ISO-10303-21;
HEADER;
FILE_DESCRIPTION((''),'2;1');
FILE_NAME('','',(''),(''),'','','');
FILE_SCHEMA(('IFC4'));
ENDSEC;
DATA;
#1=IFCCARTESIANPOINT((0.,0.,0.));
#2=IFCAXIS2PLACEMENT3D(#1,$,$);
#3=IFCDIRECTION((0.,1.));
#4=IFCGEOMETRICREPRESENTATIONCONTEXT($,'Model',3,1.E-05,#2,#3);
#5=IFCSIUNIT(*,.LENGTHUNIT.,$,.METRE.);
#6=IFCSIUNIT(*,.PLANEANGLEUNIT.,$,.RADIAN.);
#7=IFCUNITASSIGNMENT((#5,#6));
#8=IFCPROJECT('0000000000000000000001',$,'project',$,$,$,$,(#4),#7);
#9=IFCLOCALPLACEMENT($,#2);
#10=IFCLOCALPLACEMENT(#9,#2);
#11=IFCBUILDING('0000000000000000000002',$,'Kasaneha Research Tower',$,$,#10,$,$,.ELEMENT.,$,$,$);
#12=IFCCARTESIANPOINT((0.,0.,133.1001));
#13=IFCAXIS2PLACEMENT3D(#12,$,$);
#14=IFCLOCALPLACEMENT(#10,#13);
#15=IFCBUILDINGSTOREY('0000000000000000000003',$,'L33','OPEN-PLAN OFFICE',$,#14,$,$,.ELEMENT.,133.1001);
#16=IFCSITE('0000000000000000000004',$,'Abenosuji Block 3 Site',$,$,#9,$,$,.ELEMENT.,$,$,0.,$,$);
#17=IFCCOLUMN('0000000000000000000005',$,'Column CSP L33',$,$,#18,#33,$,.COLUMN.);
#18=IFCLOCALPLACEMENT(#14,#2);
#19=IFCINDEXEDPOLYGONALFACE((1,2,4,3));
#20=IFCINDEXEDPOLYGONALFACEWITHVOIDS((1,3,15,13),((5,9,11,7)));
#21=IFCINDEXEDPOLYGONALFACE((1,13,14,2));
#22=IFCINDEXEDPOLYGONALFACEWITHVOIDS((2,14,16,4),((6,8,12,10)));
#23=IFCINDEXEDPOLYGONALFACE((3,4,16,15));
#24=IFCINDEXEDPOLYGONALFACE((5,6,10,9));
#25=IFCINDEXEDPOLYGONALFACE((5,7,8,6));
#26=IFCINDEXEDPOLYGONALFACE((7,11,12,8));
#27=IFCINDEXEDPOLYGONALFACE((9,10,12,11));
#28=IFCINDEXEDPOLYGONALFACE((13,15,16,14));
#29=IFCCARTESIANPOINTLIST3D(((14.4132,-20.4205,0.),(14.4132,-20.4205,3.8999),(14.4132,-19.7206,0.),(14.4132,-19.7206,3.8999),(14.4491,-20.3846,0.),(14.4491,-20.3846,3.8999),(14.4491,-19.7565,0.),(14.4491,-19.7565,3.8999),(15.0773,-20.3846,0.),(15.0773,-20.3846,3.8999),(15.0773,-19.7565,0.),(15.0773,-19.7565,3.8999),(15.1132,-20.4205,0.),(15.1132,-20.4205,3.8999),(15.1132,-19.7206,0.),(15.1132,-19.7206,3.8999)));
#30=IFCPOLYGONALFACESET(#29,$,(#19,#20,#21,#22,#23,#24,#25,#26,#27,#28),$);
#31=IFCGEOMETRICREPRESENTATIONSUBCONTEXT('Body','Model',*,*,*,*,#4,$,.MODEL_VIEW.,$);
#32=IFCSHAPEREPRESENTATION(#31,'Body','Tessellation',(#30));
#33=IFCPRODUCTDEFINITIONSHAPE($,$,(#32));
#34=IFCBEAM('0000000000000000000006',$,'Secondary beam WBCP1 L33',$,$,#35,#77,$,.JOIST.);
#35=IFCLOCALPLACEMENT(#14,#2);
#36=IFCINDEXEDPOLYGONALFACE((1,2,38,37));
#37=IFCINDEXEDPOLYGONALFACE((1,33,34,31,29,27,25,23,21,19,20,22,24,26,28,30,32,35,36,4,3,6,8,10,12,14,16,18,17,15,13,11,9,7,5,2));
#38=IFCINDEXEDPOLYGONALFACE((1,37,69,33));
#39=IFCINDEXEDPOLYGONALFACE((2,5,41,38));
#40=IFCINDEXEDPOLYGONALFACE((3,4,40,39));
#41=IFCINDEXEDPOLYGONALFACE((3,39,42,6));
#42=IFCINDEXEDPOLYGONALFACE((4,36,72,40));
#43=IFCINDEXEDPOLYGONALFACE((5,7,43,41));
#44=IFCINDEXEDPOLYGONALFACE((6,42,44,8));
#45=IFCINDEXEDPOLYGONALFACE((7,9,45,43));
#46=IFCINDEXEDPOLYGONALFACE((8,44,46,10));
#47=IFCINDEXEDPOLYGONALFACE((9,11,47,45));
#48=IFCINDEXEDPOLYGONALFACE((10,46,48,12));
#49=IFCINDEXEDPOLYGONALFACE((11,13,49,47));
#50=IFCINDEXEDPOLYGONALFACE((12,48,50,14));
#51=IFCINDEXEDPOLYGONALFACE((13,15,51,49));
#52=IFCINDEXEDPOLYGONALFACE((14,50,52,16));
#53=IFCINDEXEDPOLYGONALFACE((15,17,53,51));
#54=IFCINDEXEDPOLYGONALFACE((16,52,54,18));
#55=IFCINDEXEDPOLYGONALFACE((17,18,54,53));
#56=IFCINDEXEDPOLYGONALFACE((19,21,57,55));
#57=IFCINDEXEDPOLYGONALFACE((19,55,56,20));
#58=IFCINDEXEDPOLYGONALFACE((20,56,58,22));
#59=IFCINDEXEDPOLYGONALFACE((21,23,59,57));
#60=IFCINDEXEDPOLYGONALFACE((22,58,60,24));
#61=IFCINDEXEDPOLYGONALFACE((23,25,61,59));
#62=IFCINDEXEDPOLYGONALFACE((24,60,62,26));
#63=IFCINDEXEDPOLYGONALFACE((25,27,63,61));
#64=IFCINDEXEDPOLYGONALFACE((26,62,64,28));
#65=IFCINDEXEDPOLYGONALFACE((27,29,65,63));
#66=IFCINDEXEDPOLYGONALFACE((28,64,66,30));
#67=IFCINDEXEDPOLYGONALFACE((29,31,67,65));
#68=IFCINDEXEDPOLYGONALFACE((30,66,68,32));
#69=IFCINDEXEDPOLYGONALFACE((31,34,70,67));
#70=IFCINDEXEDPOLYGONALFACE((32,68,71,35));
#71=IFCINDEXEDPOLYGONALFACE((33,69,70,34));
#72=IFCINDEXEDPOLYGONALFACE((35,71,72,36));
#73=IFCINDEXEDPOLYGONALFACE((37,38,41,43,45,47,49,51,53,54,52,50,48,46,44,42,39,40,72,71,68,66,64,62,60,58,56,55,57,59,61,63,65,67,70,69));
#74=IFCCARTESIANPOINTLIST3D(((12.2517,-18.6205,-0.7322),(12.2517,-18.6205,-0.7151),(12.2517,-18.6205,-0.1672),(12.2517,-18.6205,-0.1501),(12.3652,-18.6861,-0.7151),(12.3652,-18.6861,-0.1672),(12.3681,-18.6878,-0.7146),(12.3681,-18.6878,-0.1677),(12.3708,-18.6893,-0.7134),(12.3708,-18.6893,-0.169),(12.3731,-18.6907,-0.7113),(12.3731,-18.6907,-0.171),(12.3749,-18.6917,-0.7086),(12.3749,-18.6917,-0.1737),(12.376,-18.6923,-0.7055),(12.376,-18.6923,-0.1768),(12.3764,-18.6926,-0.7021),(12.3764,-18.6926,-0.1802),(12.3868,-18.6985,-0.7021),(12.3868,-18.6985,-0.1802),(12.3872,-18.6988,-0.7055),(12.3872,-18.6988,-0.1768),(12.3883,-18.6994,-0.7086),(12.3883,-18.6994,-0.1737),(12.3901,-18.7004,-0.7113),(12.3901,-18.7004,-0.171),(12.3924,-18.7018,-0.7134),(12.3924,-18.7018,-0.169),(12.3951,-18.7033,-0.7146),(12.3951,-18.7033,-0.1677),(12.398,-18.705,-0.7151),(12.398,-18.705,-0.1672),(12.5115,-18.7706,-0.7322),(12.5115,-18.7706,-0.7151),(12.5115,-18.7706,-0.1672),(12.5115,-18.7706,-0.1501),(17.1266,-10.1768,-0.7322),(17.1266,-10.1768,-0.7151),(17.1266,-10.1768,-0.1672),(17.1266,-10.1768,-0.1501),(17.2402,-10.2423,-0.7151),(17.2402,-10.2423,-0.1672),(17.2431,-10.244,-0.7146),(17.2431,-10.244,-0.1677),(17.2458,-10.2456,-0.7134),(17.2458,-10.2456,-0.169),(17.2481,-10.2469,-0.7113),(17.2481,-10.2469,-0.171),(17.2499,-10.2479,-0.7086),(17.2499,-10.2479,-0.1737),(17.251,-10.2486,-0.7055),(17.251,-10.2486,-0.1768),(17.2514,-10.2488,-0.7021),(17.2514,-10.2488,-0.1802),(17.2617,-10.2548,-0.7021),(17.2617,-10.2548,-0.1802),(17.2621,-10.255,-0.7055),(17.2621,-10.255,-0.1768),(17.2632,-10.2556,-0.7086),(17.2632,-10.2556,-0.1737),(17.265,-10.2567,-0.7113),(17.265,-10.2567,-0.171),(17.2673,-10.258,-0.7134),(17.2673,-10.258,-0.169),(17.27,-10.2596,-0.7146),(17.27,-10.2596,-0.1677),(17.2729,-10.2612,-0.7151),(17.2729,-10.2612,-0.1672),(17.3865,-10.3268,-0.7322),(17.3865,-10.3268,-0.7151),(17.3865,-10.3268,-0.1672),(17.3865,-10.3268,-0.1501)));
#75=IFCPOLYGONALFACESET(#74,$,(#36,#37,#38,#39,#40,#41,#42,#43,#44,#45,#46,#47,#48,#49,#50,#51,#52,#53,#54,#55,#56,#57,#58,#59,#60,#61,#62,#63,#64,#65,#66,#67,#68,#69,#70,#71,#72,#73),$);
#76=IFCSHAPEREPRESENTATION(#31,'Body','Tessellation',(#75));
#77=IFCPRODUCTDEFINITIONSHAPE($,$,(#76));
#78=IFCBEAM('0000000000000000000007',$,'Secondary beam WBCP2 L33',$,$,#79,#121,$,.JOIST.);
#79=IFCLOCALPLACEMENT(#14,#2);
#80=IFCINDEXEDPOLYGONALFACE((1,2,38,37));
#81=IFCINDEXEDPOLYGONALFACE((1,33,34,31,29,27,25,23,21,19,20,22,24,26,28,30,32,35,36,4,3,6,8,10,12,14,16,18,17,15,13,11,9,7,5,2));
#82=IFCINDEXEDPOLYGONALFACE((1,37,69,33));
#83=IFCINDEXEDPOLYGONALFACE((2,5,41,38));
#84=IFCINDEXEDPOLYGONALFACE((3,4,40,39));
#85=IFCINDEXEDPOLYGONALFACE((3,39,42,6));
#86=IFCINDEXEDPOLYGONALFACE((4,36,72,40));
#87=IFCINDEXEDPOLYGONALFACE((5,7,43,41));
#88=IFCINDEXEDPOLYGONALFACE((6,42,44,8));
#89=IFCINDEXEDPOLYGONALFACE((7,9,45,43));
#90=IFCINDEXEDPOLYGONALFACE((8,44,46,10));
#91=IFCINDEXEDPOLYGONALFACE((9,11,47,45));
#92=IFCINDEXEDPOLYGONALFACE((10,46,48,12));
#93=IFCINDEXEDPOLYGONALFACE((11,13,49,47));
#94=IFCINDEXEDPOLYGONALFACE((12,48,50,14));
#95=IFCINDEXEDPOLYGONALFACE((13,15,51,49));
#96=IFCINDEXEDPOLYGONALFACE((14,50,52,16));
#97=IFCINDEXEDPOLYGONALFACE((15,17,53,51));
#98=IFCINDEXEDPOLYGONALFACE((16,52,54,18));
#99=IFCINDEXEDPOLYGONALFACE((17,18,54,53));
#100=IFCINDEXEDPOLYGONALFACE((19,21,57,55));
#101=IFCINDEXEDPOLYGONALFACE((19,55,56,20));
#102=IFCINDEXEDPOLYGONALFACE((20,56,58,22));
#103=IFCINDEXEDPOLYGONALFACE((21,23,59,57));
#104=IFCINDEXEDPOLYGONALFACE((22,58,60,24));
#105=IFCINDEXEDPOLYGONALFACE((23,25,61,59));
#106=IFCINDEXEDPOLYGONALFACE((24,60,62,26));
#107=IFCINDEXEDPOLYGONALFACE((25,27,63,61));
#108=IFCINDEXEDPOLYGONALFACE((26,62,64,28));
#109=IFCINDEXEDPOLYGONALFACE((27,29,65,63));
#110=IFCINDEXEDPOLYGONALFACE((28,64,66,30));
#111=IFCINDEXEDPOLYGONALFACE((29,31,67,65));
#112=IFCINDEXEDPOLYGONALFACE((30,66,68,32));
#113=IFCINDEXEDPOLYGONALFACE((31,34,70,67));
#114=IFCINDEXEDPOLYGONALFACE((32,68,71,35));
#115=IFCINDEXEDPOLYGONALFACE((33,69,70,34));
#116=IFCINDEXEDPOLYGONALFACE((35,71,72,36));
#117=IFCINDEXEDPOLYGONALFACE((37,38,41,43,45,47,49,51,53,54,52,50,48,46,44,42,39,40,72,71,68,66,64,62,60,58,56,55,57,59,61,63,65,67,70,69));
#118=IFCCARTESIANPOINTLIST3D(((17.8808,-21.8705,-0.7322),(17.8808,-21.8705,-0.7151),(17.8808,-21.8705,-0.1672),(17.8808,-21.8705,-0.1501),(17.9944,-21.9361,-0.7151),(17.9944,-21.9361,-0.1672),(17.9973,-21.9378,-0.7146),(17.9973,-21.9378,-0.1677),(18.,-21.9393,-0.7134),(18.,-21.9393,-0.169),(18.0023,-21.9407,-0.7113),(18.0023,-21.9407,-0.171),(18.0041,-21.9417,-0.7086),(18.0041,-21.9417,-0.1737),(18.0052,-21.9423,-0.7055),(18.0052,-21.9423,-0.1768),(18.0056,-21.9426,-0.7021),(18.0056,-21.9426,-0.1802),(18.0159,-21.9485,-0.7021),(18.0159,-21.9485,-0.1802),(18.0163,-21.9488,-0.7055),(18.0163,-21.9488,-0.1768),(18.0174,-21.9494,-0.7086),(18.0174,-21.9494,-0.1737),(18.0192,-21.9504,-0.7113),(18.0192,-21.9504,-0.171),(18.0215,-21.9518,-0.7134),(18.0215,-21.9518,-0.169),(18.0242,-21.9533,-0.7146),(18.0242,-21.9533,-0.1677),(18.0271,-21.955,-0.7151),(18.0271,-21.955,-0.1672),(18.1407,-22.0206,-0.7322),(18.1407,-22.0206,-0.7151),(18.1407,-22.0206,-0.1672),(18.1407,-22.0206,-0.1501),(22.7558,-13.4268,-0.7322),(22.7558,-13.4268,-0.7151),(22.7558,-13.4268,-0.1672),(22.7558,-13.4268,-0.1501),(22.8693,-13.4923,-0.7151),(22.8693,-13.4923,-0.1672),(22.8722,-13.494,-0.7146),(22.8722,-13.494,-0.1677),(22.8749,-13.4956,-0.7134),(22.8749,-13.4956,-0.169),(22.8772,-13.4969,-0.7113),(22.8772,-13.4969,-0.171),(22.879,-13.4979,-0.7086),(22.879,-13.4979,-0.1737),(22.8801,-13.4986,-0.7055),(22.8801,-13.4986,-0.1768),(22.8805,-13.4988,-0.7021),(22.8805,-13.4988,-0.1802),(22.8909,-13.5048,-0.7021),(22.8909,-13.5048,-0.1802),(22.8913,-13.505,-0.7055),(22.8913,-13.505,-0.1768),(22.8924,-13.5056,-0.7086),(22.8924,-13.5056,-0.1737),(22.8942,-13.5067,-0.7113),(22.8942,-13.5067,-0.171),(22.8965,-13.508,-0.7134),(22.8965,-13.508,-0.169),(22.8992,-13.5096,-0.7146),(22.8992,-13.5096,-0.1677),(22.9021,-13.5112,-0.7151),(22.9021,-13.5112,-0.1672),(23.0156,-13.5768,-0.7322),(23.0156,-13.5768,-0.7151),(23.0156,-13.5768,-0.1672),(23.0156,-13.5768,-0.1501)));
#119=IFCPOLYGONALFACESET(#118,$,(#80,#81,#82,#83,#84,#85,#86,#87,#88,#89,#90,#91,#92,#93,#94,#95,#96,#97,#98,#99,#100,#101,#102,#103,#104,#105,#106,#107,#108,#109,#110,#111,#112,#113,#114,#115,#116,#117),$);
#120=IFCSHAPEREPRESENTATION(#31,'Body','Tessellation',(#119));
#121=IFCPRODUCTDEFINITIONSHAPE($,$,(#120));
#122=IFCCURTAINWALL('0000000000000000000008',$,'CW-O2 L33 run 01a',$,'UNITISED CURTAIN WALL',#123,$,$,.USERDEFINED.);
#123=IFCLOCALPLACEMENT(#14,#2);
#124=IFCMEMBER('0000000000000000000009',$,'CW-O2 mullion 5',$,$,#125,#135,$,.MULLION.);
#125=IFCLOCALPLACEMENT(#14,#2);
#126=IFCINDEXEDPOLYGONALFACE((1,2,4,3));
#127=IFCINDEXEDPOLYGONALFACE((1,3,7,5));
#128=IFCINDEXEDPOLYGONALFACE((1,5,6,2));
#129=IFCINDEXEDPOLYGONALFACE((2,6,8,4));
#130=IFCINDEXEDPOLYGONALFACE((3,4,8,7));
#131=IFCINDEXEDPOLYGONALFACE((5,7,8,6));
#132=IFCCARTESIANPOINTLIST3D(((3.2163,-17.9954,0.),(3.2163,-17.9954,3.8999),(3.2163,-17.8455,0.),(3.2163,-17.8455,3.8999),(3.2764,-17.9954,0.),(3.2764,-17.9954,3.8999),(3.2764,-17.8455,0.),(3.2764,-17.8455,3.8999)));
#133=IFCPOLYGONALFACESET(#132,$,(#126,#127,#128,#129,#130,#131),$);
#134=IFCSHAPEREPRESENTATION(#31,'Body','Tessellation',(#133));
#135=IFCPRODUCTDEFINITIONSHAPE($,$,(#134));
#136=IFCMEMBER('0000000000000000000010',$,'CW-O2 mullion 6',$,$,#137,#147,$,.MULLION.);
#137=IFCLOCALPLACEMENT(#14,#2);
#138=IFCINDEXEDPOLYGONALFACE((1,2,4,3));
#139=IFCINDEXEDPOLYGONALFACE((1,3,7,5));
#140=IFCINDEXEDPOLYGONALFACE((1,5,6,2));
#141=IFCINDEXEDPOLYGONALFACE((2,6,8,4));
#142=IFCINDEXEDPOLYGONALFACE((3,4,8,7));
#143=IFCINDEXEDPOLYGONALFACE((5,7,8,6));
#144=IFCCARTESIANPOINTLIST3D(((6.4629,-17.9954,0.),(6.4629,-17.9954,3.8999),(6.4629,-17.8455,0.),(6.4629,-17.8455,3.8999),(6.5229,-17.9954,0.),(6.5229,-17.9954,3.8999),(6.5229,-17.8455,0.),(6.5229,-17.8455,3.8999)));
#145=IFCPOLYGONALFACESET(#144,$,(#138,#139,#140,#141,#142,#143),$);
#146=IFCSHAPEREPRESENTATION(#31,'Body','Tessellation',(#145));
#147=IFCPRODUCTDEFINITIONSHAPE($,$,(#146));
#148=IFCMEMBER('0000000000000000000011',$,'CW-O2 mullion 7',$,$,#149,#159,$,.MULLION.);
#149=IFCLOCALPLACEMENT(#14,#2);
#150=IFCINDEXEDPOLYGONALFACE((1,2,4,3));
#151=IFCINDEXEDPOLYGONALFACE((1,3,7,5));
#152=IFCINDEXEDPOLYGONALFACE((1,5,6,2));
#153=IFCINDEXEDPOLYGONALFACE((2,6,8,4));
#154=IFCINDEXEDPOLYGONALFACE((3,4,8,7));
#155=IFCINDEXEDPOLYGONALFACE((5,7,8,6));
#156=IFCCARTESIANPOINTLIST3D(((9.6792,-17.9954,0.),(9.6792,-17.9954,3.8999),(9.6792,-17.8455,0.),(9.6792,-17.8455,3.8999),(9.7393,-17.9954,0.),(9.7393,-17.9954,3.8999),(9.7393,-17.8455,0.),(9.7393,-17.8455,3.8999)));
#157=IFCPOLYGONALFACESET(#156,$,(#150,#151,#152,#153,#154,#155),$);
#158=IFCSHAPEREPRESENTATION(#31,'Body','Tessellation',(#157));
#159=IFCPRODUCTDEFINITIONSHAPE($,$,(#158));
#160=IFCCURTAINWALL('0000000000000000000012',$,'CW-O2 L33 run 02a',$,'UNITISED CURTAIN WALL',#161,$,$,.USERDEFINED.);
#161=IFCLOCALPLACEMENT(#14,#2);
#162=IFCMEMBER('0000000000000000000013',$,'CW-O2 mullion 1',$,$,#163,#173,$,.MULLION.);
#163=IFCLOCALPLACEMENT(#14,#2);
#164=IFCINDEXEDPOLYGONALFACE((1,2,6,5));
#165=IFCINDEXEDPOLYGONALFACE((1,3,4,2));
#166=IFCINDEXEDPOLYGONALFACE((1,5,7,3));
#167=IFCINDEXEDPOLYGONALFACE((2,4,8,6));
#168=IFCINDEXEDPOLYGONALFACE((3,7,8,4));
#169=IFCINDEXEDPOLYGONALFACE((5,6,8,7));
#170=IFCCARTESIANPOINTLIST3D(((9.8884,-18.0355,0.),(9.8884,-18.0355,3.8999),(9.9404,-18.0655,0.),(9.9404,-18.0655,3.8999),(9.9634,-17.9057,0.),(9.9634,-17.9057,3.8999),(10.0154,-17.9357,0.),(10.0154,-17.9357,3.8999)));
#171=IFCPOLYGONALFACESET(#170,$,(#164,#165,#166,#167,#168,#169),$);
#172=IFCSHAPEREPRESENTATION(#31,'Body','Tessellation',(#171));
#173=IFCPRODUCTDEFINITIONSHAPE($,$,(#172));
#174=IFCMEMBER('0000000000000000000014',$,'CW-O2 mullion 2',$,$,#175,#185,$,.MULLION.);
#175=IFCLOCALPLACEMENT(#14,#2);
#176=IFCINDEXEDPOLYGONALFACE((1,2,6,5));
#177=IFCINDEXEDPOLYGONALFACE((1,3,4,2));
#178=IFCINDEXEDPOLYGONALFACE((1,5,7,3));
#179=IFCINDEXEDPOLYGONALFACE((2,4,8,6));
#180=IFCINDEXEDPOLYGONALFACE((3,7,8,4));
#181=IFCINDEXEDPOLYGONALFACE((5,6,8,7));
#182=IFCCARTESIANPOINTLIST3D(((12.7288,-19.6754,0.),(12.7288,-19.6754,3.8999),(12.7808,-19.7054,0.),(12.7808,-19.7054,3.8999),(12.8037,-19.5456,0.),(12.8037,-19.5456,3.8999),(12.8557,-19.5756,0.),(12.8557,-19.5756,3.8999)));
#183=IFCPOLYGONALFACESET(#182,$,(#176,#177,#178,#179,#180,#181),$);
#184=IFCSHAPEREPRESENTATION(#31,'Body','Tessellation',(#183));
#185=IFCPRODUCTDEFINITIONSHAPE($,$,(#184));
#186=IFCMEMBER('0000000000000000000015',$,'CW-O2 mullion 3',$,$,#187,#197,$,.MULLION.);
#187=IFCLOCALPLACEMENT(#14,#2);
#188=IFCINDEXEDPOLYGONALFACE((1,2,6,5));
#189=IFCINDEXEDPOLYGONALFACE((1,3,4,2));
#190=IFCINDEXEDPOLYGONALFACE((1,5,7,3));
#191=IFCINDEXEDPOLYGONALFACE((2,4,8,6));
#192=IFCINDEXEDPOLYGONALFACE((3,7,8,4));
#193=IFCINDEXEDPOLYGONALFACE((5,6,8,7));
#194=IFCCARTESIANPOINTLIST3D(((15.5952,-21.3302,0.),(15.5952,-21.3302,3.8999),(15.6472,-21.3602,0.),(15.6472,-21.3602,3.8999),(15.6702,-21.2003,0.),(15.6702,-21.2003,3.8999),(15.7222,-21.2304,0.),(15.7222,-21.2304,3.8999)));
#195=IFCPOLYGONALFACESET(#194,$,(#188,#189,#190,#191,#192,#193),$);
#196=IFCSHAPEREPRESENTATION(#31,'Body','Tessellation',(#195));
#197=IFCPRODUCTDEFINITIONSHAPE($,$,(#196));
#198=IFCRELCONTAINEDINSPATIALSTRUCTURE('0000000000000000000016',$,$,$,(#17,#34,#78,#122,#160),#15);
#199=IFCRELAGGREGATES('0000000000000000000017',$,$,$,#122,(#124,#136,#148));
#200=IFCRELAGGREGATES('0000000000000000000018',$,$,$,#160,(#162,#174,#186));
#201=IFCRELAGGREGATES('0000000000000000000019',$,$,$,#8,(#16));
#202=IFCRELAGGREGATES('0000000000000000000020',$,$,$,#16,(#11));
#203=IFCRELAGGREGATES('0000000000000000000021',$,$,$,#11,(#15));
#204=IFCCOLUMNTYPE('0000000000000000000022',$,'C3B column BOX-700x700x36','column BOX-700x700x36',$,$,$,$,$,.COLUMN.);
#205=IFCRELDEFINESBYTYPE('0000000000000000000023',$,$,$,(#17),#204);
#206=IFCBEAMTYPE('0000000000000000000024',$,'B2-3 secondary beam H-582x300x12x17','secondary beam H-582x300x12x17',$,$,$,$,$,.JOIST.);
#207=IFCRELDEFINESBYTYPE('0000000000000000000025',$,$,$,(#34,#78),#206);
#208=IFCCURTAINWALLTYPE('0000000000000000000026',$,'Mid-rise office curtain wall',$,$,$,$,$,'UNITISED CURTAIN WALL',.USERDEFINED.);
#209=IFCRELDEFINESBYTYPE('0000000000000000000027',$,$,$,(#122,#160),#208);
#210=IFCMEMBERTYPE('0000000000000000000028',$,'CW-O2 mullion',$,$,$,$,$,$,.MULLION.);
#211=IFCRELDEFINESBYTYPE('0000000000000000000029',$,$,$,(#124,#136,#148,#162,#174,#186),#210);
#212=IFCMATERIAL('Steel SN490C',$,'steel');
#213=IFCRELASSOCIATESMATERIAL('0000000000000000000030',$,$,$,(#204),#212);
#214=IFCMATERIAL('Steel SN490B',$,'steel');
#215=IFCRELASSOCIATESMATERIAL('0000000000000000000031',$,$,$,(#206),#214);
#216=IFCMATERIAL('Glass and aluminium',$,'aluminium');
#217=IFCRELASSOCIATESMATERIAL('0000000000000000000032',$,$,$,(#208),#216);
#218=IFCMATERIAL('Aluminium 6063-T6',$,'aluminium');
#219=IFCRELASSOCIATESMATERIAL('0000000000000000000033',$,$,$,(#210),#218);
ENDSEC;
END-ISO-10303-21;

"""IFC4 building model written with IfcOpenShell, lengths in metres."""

from ifc_helpers import new_model, si_unit, direction, frame, origin, origin_2d, place, context, subcontext, project, spatial, rectangle, hollow_rectangle, i_section, extrude, material, material_profile, profile_set, type_object, element, aggregate, save


model = new_model("IFC4")

# Units and contexts
model_context = context("Model", 3, precision=1e-05, world=origin(), true_north=direction((0.0, 1.0)))
body_context = subcontext(model_context, "Body", "Model", "MODEL_VIEW")
ifc_project = project(units=[si_unit("LENGTHUNIT", "METRE"), si_unit("PLANEANGLEUNIT", "RADIAN")], contexts=[model_context])

# Site, building, storey
site_placement = place(None, origin())
site = spatial("IfcSite", under=ifc_project, at=site_placement, Name="Abenosuji Block 3 Site", CompositionType="ELEMENT", RefElevation=0.0)
building_placement = place(site_placement, origin())
building = spatial("IfcBuilding", under=site, at=building_placement, Name="Kasaneha Research Tower", CompositionType="ELEMENT")
storey_placement = place(building_placement, frame((0.0, 0.0, 133.1001)))
storey = spatial("IfcBuildingStorey", under=building, at=storey_placement, Name="L33", Description="OPEN-PLAN OFFICE", CompositionType="ELEMENT", Elevation=133.1001)

# Column
ifc_material_1 = material(Name="Steel SN490C", Category="steel")
ifc_material_profile_1 = material_profile(ifc_material_1, hollow_rectangle(XDim=0.7, YDim=0.7, WallThickness=0.0359, at=origin_2d()), Name="BOX-700x700x36")
ifc_profile_set_1 = profile_set([ifc_material_profile_1], Name="Steel SN490C")
column_type = type_object("IfcColumnType", Name="C3B column BOX-700x700x36", Description="column BOX-700x700x36", PredefinedType="COLUMN", material=ifc_profile_set_1)
column_placement = place(storey_placement, frame((14.7632, -20.0706, 0.0), z_axis=(0.0, 0.0, 1.0), x_axis=(1.0, 0.0, 0.0)))
element("IfcColumn", 1, at=column_placement, inside=storey, type_object=column_type, Name="Column CSP L33", PredefinedType="COLUMN", context=body_context, shape_type="SweptSolid", body=[
    extrude(hollow_rectangle(XDim=0.7, YDim=0.7, WallThickness=0.0359, at=origin_2d()), origin(), (0.0, 0.0, 1.0), 3.8999),
])

# Beams
ifc_material_2 = material(Name="Steel SN490B", Category="steel")
ifc_material_profile_2 = material_profile(ifc_material_2, i_section(OverallWidth=0.3, OverallDepth=0.582, WebThickness=0.012, FlangeThickness=0.0171, FilletRadius=0.0129, at=origin_2d()), Name="H-582x300x12x17")
ifc_profile_set_2 = profile_set([ifc_material_profile_2], Name="Steel SN490B")
beam_type_1 = type_object("IfcBeamType", Name="B2-3 secondary beam H-582x300x12x17", Description="secondary beam H-582x300x12x17", PredefinedType="JOIST", material=ifc_profile_set_2)
for number, where, z_axis, x_axis, name in (
    (2, (12.3816, -18.6956, -0.4412), (0.499996, 0.866028, 0.0), (-0.866028, 0.499996, 0.0), "Secondary beam WBCP1 L33"),
    (3, (18.0107, -21.9456, -0.4412), (0.499996, 0.866028, 0.0), (-0.866028, 0.499996, 0.0), "Secondary beam WBCP2 L33"),
):
    element("IfcBeam", number, at=place(storey_placement, frame(where, z_axis=z_axis, x_axis=x_axis)), inside=storey, type_object=beam_type_1, Name=name, PredefinedType="JOIST", context=body_context, shape_type="SweptSolid", body=[
        extrude(i_section(OverallWidth=0.3, OverallDepth=0.582, WebThickness=0.012, FlangeThickness=0.0171, FilletRadius=0.0129, at=origin_2d()), origin(), (0.0, 0.0, 1.0), 9.75),
    ])

# Curtain walls, members
ifc_material_3 = material(Name="Glass and aluminium", Category="aluminium")
curtain_wall_type = type_object("IfcCurtainWallType", Name="Mid-rise office curtain wall", ElementType="UNITISED CURTAIN WALL", PredefinedType="USERDEFINED", material=ifc_material_3)
curtain_wall_1_placement = place(storey_placement, origin())
curtain_wall_1 = element("IfcCurtainWall", 4, at=curtain_wall_1_placement, inside=storey, type_object=curtain_wall_type, Name="CW-O2 L33 run 01a", ObjectType="UNITISED CURTAIN WALL", PredefinedType="USERDEFINED")
ifc_material_4 = material(Name="Aluminium 6063-T6", Category="aluminium")
ifc_material_profile_3 = material_profile(ifc_material_4, rectangle(XDim=0.0601, YDim=0.1499, at=origin_2d()), Name="CW-O2 mullion 60x150")
ifc_profile_set_3 = profile_set([ifc_material_profile_3], Name="Aluminium 6063-T6")
member_type_1 = type_object("IfcMemberType", Name="CW-O2 mullion", PredefinedType="MULLION", material=ifc_profile_set_3)
member_1_placement = place(storey_placement, frame((3.2463, -17.9204, 0.0), z_axis=(0.0, 0.0, 1.0), x_axis=(1.0, 0.0, 0.0)))
member_1 = element("IfcMember", 5, at=member_1_placement, type_object=member_type_1, Name="CW-O2 mullion 5", PredefinedType="MULLION", context=body_context, shape_type="SweptSolid", body=[
    extrude(rectangle(XDim=0.0601, YDim=0.1499, at=origin_2d()), origin(), (0.0, 0.0, 1.0), 3.8999),
])
member_2_placement = place(storey_placement, frame((6.4929, -17.9204, 0.0), z_axis=(0.0, 0.0, 1.0), x_axis=(1.0, 0.0, 0.0)))
member_2 = element("IfcMember", 6, at=member_2_placement, type_object=member_type_1, Name="CW-O2 mullion 6", PredefinedType="MULLION", context=body_context, shape_type="SweptSolid", body=[
    extrude(rectangle(XDim=0.0601, YDim=0.1499, at=origin_2d()), origin(), (0.0, 0.0, 1.0), 3.8999),
])
member_3_placement = place(storey_placement, frame((9.7092, -17.9204, 0.0), z_axis=(0.0, 0.0, 1.0), x_axis=(1.0, 0.0, 0.0)))
member_3 = element("IfcMember", 7, at=member_3_placement, type_object=member_type_1, Name="CW-O2 mullion 7", PredefinedType="MULLION", context=body_context, shape_type="SweptSolid", body=[
    extrude(rectangle(XDim=0.0601, YDim=0.1499, at=origin_2d()), origin(), (0.0, 0.0, 1.0), 3.8999),
])
curtain_wall_2_placement = place(storey_placement, origin())
curtain_wall_2 = element("IfcCurtainWall", 8, at=curtain_wall_2_placement, inside=storey, type_object=curtain_wall_type, Name="CW-O2 L33 run 02a", ObjectType="UNITISED CURTAIN WALL", PredefinedType="USERDEFINED")
member_4_placement = place(storey_placement, frame((9.9519, -17.9856, 0.0), z_axis=(0.0, 0.0, 1.0), x_axis=(0.866025, -0.5, 0.0)))
member_4 = element("IfcMember", 9, at=member_4_placement, type_object=member_type_1, Name="CW-O2 mullion 1", PredefinedType="MULLION", context=body_context, shape_type="SweptSolid", body=[
    extrude(rectangle(XDim=0.0601, YDim=0.1499, at=origin_2d()), origin(), (0.0, 0.0, 1.0), 3.8999),
])
member_5_placement = place(storey_placement, frame((12.7922, -19.6255, 0.0), z_axis=(0.0, 0.0, 1.0), x_axis=(0.866025, -0.5, 0.0)))
member_5 = element("IfcMember", 10, at=member_5_placement, type_object=member_type_1, Name="CW-O2 mullion 2", PredefinedType="MULLION", context=body_context, shape_type="SweptSolid", body=[
    extrude(rectangle(XDim=0.0601, YDim=0.1499, at=origin_2d()), origin(), (0.0, 0.0, 1.0), 3.8999),
])
member_6_placement = place(storey_placement, frame((15.6587, -21.2803, 0.0), z_axis=(0.0, 0.0, 1.0), x_axis=(0.866025, -0.5, 0.0)))
member_6 = element("IfcMember", 11, at=member_6_placement, type_object=member_type_1, Name="CW-O2 mullion 3", PredefinedType="MULLION", context=body_context, shape_type="SweptSolid", body=[
    extrude(rectangle(XDim=0.0601, YDim=0.1499, at=origin_2d()), origin(), (0.0, 0.0, 1.0), 3.8999),
])

aggregate(curtain_wall_1, [member_1, member_2, member_3])
aggregate(curtain_wall_2, [member_4, member_5, member_6])

save(model, "model.ifc")
